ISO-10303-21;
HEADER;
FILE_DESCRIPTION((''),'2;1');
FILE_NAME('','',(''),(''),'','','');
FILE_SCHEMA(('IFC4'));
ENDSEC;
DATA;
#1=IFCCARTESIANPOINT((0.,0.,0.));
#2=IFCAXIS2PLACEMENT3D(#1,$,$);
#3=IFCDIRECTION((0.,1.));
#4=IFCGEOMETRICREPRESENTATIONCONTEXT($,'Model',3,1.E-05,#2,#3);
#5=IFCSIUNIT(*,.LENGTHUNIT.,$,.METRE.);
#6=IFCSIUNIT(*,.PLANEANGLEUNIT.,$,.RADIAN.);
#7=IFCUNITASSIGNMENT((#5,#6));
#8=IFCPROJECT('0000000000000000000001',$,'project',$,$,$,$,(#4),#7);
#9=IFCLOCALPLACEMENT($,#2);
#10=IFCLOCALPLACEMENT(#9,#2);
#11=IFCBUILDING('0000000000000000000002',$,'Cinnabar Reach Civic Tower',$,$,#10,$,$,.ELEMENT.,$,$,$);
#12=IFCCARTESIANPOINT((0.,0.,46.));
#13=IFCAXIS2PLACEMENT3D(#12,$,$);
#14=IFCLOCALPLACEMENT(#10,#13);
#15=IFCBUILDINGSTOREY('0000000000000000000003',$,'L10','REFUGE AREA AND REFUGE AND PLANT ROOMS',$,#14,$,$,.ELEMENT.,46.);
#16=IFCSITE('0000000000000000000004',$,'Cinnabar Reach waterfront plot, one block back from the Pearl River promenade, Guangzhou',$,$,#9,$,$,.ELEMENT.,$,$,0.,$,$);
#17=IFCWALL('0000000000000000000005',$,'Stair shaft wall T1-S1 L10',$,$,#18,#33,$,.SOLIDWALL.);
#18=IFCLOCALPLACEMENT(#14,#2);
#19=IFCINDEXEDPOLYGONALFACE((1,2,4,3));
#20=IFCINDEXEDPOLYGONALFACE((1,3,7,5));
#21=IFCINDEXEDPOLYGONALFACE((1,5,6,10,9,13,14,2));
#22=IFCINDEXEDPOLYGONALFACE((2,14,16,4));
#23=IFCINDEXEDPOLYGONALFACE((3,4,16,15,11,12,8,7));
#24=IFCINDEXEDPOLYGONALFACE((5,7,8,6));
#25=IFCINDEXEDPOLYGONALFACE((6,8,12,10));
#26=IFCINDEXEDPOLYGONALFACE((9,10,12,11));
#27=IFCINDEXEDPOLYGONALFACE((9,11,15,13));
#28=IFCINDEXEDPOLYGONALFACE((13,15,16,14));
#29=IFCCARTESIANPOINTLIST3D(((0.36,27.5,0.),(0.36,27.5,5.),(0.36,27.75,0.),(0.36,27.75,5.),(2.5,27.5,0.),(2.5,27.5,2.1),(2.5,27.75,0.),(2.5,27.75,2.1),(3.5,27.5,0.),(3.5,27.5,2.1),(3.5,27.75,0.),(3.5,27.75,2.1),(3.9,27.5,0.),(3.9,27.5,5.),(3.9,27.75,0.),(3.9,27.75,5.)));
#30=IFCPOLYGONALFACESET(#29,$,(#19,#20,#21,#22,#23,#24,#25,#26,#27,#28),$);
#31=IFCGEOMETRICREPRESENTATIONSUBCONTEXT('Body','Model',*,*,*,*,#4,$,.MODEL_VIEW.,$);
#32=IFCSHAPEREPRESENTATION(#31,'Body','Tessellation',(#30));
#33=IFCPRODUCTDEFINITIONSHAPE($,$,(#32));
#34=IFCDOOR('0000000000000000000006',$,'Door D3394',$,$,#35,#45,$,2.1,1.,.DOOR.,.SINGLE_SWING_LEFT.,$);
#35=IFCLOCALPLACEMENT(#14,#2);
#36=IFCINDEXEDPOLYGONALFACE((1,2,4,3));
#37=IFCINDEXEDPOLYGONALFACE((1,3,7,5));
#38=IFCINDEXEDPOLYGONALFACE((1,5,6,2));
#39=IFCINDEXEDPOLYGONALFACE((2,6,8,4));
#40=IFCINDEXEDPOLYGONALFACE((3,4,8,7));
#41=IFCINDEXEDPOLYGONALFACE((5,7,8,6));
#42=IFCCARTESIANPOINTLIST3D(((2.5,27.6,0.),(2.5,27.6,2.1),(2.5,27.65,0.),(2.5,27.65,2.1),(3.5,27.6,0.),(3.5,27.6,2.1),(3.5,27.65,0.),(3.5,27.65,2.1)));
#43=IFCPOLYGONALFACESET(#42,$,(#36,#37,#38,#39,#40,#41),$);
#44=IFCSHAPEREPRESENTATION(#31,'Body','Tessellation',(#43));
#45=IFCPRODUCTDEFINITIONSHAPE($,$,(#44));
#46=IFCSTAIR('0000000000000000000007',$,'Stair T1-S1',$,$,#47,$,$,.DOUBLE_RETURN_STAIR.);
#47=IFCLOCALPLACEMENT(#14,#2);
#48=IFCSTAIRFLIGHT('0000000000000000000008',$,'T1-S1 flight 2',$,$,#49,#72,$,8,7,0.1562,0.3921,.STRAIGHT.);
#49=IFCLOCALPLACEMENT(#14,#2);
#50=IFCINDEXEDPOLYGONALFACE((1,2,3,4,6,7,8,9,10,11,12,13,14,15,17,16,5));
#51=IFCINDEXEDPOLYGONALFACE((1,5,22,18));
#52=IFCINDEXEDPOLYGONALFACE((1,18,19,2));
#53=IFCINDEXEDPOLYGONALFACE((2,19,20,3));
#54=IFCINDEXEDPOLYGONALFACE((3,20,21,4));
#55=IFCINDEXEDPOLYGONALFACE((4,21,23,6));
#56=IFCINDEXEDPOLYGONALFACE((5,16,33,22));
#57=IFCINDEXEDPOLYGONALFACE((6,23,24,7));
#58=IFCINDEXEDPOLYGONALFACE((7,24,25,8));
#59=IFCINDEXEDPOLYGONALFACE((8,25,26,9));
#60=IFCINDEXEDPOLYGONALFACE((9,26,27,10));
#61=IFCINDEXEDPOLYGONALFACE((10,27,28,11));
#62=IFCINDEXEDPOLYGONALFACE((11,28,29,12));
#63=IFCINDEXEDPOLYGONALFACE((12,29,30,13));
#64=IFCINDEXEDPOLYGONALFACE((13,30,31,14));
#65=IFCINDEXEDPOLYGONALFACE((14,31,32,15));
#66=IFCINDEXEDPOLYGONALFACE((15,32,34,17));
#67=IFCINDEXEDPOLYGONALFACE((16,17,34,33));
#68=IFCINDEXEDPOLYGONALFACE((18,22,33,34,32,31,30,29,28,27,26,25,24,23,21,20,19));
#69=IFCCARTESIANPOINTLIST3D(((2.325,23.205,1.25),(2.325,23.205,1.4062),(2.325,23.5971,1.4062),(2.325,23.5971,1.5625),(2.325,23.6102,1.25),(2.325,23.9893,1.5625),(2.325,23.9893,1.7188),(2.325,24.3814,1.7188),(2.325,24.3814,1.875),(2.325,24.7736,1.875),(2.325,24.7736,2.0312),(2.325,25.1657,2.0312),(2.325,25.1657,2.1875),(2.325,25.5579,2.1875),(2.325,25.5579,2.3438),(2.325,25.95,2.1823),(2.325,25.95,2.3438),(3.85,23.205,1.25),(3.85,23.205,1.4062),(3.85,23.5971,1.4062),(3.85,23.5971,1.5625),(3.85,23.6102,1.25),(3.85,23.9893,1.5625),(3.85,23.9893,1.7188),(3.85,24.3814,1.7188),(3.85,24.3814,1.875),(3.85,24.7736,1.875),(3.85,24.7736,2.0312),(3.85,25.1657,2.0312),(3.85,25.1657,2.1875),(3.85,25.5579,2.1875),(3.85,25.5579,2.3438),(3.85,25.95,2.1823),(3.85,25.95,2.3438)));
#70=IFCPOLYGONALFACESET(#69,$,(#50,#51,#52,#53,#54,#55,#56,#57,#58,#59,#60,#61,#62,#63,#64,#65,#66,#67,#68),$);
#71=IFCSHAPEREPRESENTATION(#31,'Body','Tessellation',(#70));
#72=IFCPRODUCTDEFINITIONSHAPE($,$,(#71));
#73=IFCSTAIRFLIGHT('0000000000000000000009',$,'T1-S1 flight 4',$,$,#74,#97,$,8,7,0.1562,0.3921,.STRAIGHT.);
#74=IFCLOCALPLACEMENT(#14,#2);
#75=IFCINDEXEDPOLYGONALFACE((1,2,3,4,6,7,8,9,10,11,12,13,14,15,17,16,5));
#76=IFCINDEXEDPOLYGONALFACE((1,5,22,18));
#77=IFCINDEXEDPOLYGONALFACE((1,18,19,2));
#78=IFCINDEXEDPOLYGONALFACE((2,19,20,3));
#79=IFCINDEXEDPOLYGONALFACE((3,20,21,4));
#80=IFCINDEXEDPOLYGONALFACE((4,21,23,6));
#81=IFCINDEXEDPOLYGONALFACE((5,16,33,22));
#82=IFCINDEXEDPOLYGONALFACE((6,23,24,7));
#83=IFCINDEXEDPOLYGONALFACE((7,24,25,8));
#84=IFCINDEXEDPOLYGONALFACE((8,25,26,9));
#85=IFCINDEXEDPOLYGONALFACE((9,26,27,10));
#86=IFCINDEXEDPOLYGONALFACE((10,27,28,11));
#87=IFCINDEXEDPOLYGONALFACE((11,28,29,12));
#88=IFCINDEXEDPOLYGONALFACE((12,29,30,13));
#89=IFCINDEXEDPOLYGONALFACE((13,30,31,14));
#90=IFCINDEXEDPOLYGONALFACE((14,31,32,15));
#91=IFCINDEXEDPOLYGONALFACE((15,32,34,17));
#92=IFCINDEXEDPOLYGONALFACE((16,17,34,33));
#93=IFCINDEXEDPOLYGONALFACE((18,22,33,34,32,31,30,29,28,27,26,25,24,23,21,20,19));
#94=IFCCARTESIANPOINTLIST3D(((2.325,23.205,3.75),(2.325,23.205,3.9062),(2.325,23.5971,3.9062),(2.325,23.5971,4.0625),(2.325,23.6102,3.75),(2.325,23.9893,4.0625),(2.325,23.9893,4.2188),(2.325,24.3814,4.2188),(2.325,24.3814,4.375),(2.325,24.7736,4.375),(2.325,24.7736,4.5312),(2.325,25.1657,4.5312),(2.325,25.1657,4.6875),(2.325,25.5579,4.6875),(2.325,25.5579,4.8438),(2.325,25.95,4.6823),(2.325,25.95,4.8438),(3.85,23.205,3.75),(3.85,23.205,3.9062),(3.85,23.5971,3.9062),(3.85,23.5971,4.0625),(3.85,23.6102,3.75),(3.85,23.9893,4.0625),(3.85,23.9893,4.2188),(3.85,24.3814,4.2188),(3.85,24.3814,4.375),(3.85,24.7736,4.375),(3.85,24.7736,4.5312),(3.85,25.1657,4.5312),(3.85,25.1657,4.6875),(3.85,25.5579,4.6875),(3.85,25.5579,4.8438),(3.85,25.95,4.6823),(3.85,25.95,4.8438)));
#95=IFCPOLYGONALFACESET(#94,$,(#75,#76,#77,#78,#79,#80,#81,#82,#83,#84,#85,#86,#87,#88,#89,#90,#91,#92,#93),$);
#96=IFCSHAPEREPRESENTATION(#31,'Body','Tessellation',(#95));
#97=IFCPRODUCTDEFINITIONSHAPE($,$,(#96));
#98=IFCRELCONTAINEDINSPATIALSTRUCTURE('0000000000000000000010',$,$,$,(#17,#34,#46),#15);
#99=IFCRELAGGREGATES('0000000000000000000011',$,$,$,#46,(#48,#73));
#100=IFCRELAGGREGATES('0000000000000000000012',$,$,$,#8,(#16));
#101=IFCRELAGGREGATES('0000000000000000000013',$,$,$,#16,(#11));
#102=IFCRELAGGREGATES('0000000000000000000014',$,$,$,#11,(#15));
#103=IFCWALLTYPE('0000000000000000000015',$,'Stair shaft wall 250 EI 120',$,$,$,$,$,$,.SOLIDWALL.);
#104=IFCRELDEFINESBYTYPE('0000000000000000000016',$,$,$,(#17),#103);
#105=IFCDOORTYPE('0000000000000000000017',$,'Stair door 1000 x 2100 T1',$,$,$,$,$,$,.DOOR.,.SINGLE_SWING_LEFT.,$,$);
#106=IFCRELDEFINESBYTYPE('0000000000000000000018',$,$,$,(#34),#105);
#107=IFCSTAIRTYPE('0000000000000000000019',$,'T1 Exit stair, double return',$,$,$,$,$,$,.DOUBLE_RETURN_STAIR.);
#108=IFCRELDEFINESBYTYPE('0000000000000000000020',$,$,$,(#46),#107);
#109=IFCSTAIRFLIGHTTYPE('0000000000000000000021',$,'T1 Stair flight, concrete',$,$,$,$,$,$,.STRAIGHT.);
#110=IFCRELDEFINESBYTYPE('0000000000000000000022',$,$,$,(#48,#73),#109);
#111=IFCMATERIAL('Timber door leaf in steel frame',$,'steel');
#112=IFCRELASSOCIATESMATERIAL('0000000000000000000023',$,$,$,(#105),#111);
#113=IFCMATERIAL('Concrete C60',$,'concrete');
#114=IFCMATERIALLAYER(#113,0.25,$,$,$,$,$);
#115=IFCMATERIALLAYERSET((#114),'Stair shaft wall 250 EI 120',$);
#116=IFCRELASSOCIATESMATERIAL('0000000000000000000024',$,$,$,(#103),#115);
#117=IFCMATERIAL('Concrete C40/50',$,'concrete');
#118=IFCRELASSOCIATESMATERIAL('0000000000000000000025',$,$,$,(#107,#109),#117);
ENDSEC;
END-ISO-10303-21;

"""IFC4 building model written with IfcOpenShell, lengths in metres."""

from ifc_helpers import new_model, si_unit, direction, frame, frame_2d, origin, place, context, subcontext, project, spatial, polyline, rectangle, outline, extrude, material, layer, layer_set, type_object, element, fill, aggregate, save


model = new_model("IFC4")

# Units and contexts
model_context = context("Model", 3, precision=1e-05, world=origin(), true_north=direction((0.0, 1.0)))
body_context = subcontext(model_context, "Body", "Model", "MODEL_VIEW")
ifc_project = project(units=[si_unit("LENGTHUNIT", "METRE"), si_unit("PLANEANGLEUNIT", "RADIAN")], contexts=[model_context])

# Site, building, storey
site_placement = place(None, origin())
site = spatial("IfcSite", under=ifc_project, at=site_placement, Name="Cinnabar Reach waterfront plot, one block back from the Pearl River promenade, Guangzhou", CompositionType="ELEMENT", RefElevation=0.0)
building_placement = place(site_placement, origin())
building = spatial("IfcBuilding", under=site, at=building_placement, Name="Cinnabar Reach Civic Tower", CompositionType="ELEMENT")
storey_placement = place(building_placement, frame((0.0, 0.0, 46.0)))
storey = spatial("IfcBuildingStorey", under=building, at=storey_placement, Name="L10", Description="REFUGE AREA AND REFUGE AND PLANT ROOMS", CompositionType="ELEMENT", Elevation=46.0)

# Shared definitions
ifc_material_1 = material(Name="Timber door leaf in steel frame", Category="steel")
door_type_1 = type_object("IfcDoorType", Name="Stair door 1000 x 2100 T1", OperationType="SINGLE_SWING_LEFT", PredefinedType="DOOR", material=ifc_material_1)

# Wall, opening, door
ifc_material_2 = material(Name="Concrete C60", Category="concrete")
ifc_layer_1 = layer(ifc_material_2, 0.25)
ifc_layer_set_1 = layer_set([ifc_layer_1], Name="Stair shaft wall 250 EI 120")
wall_type_1 = type_object("IfcWallType", Name="Stair shaft wall 250 EI 120", PredefinedType="SOLIDWALL", material=ifc_layer_set_1)
wall_1_placement = place(storey_placement, frame((3.9, 27.625, 0.0), z_axis=(0.0, 0.0, 1.0), x_axis=(-1.0, 0.0, 0.0)))
wall_1 = element("IfcWall", 1, at=wall_1_placement, inside=storey, type_object=wall_type_1, Name="Stair shaft wall T1-S1 L10", PredefinedType="SOLIDWALL", context=body_context, shape_type="SweptSolid", body=[
    extrude(rectangle(XDim=3.54, YDim=0.25, at=frame_2d((1.77, 0.0))), origin(), (0.0, 0.0, 1.0), 5.0),
])
opening_1_placement = place(wall_1_placement, frame((0.4, 0.0, 0.0)))
opening_1 = element("IfcOpeningElement", 2, at=opening_1_placement, cuts=wall_1, PredefinedType="OPENING", context=body_context, shape_type="SweptSolid", body=[
    extrude(rectangle(XDim=1.0, YDim=2.1, at=frame_2d((0.5, 1.05))), frame((0.0, 0.135, 0.0), z_axis=(0.0, -1.0, 0.0), x_axis=(1.0, 0.0, 0.0)), (0.0, 0.0, 1.0), 0.27),
])
door_1_placement = place(opening_1_placement, origin())
door_1 = element("IfcDoor", 3, at=door_1_placement, inside=storey, type_object=door_type_1, Name="Door D3394", OperationType="SINGLE_SWING_LEFT", OverallHeight=2.1, OverallWidth=1.0, PredefinedType="DOOR", context=body_context, shape_type="SweptSolid", body=[
    extrude(rectangle(XDim=1.0, YDim=2.1, at=frame_2d((0.5, 1.05))), frame((0.0, 0.025, 0.0), z_axis=(0.0, -1.0, 0.0), x_axis=(1.0, 0.0, 0.0)), (0.0, 0.0, 1.0), 0.05),
])
fill(opening_1, door_1)

# Stair, stair flights
ifc_material_3 = material(Name="Concrete C40/50", Category="concrete")
stair_type = type_object("IfcStairType", Name="T1 Exit stair, double return", PredefinedType="DOUBLE_RETURN_STAIR", material=ifc_material_3)
stair_placement = place(storey_placement, origin())
stair = element("IfcStair", 4, at=stair_placement, inside=storey, type_object=stair_type, Name="Stair T1-S1", PredefinedType="DOUBLE_RETURN_STAIR")
stair_flight_type = type_object("IfcStairFlightType", Name="T1 Stair flight, concrete", PredefinedType="STRAIGHT", material=ifc_material_3)
stair_flight_1_placement = place(storey_placement, frame((3.0875, 23.205, 1.25), z_axis=(0.0, 0.0, 1.0), x_axis=(0.0, 1.0, 0.0)))
stair_flight_1 = element("IfcStairFlight", 5, at=stair_flight_1_placement, type_object=stair_flight_type, Name="T1-S1 flight 2", NumberOfRisers=8, NumberOfTreads=7, PredefinedType="STRAIGHT", RiserHeight=0.1562, TreadLength=0.3921, context=body_context, shape_type="SweptSolid", body=[
    extrude(outline(polyline([(0.0, 0.0), (0.0, 0.1562), (0.3921, 0.1562), (0.3921, 0.3125), (0.7843, 0.3125), (0.7843, 0.4688), (1.1764, 0.4688), (1.1764, 0.625), (1.5686, 0.625), (1.5686, 0.7812), (1.9607, 0.7812), (1.9607, 0.9375), (2.3529, 0.9375), (2.3529, 1.0938), (2.745, 1.0938), (2.745, 1.25), (2.745, 0.9323), (0.4052, 0.0), (0.0, 0.0)])), frame((0.0, 0.7625, 0.0), z_axis=(0.0, -1.0, 0.0), x_axis=(1.0, 0.0, 0.0)), (0.0, 0.0, 1.0), 1.525),
])
stair_flight_2_placement = place(storey_placement, frame((3.0875, 23.205, 3.75), z_axis=(0.0, 0.0, 1.0), x_axis=(0.0, 1.0, 0.0)))
stair_flight_2 = element("IfcStairFlight", 6, at=stair_flight_2_placement, type_object=stair_flight_type, Name="T1-S1 flight 4", NumberOfRisers=8, NumberOfTreads=7, PredefinedType="STRAIGHT", RiserHeight=0.1562, TreadLength=0.3921, context=body_context, shape_type="SweptSolid", body=[
    extrude(outline(polyline([(0.0, 0.0), (0.0, 0.1562), (0.3921, 0.1562), (0.3921, 0.3125), (0.7843, 0.3125), (0.7843, 0.4688), (1.1764, 0.4688), (1.1764, 0.625), (1.5686, 0.625), (1.5686, 0.7812), (1.9607, 0.7812), (1.9607, 0.9375), (2.3529, 0.9375), (2.3529, 1.0938), (2.745, 1.0938), (2.745, 1.25), (2.745, 0.9323), (0.4052, 0.0), (0.0, 0.0)])), frame((0.0, 0.7625, 0.0), z_axis=(0.0, -1.0, 0.0), x_axis=(1.0, 0.0, 0.0)), (0.0, 0.0, 1.0), 1.525),
])
aggregate(stair, [stair_flight_1, stair_flight_2])

save(model, "model.ifc")
